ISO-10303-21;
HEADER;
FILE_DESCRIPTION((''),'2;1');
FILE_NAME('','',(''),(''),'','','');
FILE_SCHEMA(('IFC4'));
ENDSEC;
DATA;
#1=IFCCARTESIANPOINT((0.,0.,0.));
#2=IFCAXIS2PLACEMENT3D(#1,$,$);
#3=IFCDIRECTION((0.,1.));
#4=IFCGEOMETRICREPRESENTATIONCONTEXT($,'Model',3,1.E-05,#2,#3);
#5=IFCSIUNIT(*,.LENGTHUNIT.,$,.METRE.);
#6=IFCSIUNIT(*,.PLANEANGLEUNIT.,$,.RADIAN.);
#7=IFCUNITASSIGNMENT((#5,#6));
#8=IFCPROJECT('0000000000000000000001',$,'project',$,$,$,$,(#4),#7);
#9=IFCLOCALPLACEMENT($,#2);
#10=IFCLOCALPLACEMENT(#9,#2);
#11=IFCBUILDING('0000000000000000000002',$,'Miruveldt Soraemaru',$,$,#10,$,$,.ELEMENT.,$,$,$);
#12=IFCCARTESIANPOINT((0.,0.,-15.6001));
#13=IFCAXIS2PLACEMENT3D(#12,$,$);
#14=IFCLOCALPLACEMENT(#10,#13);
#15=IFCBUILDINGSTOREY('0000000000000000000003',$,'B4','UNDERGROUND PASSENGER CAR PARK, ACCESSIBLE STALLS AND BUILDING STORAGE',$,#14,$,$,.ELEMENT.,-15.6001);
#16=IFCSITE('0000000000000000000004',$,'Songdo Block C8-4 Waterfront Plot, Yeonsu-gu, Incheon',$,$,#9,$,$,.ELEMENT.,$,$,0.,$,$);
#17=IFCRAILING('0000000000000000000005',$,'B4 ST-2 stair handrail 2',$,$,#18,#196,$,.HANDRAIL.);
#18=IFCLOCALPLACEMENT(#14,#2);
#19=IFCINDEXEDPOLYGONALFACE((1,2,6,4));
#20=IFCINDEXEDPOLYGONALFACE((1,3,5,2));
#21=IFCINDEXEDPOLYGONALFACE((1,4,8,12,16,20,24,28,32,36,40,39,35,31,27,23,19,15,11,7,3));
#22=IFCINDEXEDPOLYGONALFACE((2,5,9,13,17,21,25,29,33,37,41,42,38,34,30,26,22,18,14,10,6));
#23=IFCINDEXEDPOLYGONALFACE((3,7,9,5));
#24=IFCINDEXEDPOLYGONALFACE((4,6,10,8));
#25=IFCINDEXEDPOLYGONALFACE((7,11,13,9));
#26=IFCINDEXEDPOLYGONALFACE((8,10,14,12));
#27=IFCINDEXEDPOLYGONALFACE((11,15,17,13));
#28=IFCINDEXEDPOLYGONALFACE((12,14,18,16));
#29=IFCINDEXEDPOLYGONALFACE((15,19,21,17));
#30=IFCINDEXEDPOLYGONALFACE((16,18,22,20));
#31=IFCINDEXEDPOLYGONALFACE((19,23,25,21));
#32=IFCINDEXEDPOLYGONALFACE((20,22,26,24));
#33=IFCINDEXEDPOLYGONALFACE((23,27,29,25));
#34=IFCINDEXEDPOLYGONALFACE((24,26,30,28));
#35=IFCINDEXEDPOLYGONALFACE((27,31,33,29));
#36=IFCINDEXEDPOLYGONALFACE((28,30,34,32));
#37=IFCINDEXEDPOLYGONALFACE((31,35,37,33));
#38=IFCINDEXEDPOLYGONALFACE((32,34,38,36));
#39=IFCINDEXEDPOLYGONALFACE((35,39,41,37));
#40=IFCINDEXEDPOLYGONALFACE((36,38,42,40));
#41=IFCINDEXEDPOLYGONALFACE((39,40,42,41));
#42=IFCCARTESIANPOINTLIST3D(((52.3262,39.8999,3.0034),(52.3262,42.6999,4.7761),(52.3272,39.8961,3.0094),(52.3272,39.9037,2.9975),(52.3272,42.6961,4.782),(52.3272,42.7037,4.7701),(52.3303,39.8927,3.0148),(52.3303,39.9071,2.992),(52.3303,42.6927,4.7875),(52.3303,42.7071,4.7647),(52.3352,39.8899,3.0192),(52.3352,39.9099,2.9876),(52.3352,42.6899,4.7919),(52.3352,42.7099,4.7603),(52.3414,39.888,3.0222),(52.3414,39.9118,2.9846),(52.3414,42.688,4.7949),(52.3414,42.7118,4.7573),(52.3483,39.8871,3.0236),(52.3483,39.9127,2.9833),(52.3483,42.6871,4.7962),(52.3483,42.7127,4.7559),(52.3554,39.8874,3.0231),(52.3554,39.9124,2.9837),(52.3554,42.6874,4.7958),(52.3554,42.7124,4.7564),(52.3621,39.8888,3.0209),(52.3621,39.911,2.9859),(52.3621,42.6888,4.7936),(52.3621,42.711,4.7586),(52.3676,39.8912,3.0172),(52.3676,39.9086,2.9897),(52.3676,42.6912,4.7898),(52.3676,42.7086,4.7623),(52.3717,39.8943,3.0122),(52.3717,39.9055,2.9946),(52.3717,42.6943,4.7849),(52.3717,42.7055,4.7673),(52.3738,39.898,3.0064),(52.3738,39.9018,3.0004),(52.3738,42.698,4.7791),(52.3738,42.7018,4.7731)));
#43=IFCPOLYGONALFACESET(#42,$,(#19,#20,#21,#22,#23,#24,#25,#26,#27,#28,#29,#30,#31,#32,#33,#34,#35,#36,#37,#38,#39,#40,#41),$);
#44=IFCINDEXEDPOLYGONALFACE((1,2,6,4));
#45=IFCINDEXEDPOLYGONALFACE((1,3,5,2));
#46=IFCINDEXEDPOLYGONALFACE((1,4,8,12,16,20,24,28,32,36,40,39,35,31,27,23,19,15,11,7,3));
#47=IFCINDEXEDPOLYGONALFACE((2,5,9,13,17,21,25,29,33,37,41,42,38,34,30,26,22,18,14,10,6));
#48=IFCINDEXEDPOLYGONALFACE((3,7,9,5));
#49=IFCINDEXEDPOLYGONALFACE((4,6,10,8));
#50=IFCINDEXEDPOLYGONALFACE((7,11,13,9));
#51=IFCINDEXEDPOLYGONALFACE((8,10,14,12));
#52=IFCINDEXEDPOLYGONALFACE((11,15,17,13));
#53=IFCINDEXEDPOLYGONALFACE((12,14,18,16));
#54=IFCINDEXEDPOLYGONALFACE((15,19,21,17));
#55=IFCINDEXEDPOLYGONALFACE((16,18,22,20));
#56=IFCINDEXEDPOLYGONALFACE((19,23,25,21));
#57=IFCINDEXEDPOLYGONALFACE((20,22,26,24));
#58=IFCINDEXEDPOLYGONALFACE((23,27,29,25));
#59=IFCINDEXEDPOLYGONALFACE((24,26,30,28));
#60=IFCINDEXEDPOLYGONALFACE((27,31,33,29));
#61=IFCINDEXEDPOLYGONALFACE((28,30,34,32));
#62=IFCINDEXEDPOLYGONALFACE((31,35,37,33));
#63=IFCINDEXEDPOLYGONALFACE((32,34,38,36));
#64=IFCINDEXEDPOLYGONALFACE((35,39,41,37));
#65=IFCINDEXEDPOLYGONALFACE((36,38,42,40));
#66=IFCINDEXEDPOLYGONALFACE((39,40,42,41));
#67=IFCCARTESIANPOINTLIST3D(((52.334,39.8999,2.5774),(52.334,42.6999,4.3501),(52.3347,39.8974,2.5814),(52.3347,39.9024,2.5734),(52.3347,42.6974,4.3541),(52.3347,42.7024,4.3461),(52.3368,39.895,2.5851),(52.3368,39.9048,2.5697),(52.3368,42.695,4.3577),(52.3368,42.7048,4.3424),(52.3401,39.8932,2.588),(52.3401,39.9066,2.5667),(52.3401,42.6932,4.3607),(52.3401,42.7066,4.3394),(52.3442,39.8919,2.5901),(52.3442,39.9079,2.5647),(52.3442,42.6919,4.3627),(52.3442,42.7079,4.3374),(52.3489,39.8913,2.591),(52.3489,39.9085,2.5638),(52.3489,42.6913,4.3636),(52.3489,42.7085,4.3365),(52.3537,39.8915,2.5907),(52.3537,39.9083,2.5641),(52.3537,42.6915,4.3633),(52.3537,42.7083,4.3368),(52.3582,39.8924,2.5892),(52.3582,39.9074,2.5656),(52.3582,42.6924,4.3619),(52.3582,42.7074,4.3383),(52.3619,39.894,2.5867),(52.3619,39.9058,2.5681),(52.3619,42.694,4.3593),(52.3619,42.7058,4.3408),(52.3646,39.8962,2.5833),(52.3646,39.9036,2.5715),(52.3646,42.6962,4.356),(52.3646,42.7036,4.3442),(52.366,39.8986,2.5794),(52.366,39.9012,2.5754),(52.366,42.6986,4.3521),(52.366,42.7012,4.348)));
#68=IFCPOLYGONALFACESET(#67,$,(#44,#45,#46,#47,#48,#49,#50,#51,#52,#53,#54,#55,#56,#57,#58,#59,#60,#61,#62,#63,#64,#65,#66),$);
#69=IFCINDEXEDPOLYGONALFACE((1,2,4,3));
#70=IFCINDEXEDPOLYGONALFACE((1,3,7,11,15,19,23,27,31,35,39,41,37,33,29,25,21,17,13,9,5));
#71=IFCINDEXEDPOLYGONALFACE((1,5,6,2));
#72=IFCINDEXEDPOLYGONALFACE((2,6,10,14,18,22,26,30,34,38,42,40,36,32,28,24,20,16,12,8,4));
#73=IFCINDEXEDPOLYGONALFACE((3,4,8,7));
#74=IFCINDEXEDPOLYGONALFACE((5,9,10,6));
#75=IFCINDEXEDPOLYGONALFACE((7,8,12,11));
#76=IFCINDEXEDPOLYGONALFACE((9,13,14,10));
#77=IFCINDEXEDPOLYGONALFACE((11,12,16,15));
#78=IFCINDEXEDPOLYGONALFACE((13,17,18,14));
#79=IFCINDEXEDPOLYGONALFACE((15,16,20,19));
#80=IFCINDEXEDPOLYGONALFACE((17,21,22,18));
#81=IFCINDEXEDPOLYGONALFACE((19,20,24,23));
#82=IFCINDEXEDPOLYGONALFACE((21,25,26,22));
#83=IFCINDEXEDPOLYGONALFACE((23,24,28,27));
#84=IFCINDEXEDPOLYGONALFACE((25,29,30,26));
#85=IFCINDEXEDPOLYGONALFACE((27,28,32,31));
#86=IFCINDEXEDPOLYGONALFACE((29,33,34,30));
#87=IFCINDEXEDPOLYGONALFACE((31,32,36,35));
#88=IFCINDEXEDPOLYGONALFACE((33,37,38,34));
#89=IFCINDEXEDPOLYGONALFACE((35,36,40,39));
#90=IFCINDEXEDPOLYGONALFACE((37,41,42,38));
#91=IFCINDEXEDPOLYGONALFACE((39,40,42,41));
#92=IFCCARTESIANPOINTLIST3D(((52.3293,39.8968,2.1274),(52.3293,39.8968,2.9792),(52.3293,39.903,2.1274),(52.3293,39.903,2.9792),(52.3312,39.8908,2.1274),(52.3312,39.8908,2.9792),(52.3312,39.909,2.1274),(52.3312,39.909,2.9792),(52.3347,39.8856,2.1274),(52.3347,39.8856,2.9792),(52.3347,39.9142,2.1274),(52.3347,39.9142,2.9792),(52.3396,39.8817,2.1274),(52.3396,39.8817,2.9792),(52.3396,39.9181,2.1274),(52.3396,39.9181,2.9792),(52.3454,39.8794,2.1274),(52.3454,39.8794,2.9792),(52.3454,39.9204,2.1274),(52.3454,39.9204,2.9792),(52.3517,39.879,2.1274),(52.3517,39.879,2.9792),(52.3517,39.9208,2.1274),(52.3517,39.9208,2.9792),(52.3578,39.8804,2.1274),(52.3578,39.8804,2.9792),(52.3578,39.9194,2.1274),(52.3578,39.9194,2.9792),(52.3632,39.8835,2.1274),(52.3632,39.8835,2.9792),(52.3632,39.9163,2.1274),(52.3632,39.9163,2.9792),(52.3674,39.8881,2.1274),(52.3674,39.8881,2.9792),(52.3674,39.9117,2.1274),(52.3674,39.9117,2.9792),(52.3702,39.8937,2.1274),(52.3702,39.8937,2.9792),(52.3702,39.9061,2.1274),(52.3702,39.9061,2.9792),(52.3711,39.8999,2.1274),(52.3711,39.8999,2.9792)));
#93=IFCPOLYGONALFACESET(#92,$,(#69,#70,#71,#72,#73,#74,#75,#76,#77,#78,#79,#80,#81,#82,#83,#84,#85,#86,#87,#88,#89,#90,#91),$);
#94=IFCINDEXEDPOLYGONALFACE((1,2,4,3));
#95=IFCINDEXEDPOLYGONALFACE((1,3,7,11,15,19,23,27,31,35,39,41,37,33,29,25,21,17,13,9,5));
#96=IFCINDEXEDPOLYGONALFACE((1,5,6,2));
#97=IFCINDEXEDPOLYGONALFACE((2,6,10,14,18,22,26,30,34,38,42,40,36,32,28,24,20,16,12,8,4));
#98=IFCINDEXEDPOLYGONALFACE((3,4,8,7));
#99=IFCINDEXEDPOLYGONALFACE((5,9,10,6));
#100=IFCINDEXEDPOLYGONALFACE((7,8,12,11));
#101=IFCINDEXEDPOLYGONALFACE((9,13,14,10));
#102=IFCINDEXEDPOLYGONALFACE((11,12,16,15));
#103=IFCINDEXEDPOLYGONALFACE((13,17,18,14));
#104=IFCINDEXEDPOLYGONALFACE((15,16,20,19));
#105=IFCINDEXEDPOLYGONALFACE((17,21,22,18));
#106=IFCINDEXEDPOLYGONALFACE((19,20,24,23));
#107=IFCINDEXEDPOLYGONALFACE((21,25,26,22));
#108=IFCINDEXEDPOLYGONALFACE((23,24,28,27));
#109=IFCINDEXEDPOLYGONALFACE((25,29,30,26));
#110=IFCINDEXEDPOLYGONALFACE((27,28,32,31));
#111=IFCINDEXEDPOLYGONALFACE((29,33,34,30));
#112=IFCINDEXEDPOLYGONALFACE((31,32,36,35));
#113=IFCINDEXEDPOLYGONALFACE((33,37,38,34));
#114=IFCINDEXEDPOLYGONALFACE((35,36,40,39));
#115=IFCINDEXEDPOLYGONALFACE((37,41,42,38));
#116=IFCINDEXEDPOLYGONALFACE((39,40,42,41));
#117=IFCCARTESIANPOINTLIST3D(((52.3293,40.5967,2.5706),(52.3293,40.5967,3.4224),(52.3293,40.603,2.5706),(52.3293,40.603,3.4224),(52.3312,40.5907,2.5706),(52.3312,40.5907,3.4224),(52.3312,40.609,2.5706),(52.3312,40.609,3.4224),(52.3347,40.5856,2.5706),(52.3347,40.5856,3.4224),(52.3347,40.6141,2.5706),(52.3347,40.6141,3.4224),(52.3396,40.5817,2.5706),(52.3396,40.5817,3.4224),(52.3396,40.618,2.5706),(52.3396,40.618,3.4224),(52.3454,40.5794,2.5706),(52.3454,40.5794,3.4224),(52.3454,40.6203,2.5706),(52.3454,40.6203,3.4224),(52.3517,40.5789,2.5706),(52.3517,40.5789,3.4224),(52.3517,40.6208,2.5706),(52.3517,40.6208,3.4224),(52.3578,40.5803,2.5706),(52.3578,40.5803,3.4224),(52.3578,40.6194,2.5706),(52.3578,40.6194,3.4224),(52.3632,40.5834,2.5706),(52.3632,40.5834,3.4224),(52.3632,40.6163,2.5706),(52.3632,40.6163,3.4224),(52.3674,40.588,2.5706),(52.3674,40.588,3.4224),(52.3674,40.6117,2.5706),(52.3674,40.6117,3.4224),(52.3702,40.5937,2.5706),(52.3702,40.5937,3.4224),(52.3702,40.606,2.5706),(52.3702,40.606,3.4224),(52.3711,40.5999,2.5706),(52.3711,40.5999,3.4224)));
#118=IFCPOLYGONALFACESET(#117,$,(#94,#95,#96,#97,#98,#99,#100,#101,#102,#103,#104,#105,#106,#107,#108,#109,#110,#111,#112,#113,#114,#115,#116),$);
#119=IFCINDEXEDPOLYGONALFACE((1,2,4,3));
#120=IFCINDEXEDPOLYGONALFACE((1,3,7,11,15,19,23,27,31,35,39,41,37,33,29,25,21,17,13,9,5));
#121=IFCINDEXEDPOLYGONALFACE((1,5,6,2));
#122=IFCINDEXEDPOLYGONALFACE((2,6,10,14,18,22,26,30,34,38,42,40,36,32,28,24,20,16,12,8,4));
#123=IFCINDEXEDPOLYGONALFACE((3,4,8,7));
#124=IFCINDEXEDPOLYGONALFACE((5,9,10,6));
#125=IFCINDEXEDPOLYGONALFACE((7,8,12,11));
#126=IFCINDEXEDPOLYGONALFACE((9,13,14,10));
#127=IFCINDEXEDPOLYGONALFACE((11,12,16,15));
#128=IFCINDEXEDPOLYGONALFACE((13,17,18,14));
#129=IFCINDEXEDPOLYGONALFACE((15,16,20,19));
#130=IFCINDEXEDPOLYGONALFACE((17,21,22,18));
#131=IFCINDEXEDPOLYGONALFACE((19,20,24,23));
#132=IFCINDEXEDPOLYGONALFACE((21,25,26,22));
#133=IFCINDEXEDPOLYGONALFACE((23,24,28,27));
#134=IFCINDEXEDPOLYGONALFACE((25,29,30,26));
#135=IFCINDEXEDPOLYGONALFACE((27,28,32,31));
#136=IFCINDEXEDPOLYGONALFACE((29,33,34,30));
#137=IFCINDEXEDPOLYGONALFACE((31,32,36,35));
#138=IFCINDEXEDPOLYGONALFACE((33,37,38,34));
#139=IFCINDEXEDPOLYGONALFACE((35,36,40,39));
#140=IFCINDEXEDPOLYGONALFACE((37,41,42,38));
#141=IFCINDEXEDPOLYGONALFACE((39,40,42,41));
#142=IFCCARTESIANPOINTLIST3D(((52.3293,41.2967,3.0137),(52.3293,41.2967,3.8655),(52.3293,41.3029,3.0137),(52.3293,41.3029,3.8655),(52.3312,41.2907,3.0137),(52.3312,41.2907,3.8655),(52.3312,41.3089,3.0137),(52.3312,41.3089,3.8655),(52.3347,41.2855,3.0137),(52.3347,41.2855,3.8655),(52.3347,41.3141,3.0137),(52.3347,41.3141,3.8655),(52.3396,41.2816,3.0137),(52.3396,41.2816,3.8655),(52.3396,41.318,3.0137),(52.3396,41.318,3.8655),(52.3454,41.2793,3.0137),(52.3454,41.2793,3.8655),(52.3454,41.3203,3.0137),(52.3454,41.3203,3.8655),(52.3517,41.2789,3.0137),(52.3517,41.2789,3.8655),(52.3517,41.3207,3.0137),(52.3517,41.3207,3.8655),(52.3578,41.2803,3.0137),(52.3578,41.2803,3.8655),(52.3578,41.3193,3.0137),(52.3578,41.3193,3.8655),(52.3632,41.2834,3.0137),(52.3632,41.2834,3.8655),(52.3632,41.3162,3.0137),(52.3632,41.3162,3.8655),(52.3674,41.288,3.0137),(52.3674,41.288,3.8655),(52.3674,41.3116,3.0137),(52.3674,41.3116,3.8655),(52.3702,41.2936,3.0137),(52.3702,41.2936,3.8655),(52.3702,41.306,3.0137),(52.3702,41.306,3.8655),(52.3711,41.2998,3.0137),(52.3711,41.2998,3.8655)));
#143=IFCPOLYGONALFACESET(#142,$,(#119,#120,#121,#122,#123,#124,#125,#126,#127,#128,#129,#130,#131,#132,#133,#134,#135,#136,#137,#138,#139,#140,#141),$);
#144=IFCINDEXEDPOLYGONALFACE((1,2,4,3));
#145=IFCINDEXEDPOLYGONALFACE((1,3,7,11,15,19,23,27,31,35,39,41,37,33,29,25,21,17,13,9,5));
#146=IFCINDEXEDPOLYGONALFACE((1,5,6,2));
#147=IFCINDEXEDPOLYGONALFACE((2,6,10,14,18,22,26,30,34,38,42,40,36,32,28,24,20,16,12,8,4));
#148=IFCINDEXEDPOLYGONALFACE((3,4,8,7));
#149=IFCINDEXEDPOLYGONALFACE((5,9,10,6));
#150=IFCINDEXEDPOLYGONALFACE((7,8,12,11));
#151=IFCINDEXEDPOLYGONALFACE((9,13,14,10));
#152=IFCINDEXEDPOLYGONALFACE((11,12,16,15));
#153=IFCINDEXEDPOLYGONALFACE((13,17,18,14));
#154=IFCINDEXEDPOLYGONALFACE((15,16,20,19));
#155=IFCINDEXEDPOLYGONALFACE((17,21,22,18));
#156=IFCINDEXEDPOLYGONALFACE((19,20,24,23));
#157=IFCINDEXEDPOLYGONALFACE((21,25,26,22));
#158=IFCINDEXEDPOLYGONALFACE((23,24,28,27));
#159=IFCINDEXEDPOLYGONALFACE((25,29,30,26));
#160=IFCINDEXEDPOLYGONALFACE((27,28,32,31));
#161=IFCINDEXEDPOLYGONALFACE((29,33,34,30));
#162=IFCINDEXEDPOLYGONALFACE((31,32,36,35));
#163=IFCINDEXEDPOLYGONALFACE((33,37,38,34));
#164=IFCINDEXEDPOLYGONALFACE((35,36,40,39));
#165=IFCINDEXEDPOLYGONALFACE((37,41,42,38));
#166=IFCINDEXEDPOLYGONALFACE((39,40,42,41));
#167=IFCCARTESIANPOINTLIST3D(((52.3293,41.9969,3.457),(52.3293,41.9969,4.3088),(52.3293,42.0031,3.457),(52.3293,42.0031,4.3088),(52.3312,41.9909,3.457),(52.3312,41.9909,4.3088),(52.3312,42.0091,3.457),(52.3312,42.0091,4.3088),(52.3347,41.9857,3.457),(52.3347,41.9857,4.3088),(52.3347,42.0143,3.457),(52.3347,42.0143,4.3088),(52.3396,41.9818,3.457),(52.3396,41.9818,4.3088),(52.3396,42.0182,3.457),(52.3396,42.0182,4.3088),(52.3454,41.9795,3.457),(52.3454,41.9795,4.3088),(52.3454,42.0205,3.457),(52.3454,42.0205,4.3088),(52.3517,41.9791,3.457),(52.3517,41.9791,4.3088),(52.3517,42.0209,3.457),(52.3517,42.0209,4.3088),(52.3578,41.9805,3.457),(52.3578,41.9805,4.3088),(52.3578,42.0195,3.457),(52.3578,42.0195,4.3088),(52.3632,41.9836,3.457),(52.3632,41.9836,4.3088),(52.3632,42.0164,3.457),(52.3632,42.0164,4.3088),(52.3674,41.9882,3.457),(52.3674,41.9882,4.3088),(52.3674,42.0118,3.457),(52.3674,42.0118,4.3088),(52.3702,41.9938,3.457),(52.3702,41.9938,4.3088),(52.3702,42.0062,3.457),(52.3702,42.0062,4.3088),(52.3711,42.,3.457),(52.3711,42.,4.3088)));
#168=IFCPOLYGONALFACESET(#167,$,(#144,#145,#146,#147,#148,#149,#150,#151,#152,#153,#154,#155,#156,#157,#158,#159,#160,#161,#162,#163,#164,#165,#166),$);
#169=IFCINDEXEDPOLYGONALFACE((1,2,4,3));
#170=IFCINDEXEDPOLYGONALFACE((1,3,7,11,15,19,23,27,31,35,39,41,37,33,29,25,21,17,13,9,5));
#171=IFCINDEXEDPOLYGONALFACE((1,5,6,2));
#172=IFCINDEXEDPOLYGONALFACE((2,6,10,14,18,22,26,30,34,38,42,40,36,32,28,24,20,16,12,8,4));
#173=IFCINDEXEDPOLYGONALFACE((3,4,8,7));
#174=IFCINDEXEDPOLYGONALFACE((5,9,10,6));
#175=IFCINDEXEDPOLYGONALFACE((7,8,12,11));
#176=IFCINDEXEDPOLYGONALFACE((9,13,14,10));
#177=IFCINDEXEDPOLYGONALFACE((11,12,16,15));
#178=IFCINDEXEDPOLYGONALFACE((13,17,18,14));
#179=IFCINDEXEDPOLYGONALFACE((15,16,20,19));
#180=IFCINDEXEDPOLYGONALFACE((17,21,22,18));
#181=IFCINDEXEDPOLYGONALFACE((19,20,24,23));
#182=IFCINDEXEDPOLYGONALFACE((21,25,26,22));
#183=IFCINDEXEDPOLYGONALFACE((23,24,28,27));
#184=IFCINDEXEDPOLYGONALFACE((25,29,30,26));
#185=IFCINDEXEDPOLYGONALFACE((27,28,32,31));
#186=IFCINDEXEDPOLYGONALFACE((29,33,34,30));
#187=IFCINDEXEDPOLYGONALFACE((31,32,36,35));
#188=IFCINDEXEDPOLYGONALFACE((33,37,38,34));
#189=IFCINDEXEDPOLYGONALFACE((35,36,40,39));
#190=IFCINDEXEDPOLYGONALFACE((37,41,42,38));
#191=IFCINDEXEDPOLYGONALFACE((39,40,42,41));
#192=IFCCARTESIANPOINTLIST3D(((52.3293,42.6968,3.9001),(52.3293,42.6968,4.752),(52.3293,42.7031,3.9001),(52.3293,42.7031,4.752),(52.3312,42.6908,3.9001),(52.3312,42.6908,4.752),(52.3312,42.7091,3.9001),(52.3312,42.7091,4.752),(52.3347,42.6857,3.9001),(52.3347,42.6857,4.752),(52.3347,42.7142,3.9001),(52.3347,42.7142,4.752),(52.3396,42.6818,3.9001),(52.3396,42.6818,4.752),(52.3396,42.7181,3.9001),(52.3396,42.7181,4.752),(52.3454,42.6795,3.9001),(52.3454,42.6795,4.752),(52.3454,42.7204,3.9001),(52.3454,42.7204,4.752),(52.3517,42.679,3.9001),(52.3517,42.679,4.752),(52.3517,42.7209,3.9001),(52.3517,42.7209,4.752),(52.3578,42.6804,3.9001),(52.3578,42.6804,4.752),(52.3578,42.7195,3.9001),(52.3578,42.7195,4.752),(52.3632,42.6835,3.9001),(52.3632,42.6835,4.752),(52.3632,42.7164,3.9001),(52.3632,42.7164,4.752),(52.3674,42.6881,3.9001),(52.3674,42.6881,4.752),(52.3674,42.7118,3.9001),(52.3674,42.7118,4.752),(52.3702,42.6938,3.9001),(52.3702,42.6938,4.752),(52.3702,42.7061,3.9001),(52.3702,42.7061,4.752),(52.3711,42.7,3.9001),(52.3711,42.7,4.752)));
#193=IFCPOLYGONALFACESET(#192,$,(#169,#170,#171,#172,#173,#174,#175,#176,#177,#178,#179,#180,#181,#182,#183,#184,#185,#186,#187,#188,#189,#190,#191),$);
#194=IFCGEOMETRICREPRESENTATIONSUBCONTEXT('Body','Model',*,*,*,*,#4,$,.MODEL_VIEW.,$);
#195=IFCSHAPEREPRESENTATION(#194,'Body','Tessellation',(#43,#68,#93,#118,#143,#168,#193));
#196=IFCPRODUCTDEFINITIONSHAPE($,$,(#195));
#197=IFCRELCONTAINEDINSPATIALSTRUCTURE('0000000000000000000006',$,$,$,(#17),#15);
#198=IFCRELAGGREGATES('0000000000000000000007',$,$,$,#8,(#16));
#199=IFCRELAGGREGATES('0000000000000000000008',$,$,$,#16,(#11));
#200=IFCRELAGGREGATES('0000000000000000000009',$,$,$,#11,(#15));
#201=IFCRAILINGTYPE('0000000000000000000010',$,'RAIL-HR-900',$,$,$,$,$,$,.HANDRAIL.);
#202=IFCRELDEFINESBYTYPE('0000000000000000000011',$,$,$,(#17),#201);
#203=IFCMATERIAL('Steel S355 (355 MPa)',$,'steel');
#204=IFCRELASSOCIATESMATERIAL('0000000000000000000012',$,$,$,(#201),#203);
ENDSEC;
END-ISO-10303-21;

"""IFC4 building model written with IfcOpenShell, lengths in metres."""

from ifc_helpers import new_model, si_unit, direction, frame, origin, origin_2d, place, context, subcontext, project, spatial, circle, extrude, material, type_object, element, save


model = new_model("IFC4")

# Units and contexts
model_context = context("Model", 3, precision=1e-05, world=origin(), true_north=direction((0.0, 1.0)))
body_context = subcontext(model_context, "Body", "Model", "MODEL_VIEW")
ifc_project = project(units=[si_unit("LENGTHUNIT", "METRE"), si_unit("PLANEANGLEUNIT", "RADIAN")], contexts=[model_context])

# Site, building, storey
site_placement = place(None, origin())
site = spatial("IfcSite", under=ifc_project, at=site_placement, Name="Songdo Block C8-4 Waterfront Plot, Yeonsu-gu, Incheon", CompositionType="ELEMENT", RefElevation=0.0)
building_placement = place(site_placement, origin())
building = spatial("IfcBuilding", under=site, at=building_placement, Name="Miruveldt Soraemaru", CompositionType="ELEMENT")
storey_placement = place(building_placement, frame((0.0, 0.0, -15.6001)))
storey = spatial("IfcBuildingStorey", under=building, at=storey_placement, Name="B4", Description="UNDERGROUND PASSENGER CAR PARK, ACCESSIBLE STALLS AND BUILDING STORAGE", CompositionType="ELEMENT", Elevation=-15.6001)

# Railing
ifc_material_1 = material(Name="Steel S355 (355 MPa)", Category="steel")
railing_type_1 = type_object("IfcRailingType", Name="RAIL-HR-900", PredefinedType="HANDRAIL", material=ifc_material_1)
railing_1_placement = place(storey_placement, frame((52.3501, 39.8999, 2.1274)))
element("IfcRailing", 1, at=railing_1_placement, inside=storey, type_object=railing_type_1, Name="B4 ST-2 stair handrail 2", PredefinedType="HANDRAIL", context=body_context, shape_type="SweptSolid", body=[
    extrude(circle(Radius=0.0239, at=origin_2d()), frame((0.0, 0.0, 0.876), z_axis=(0.0, 0.844909, 0.53491), x_axis=(-1.0, 0.0, 0.0)), (0.0, 0.0, 1.0), 3.314),
    extrude(circle(Radius=0.0161, at=origin_2d()), frame((0.0, 0.0, 0.45), z_axis=(0.0, 0.844909, 0.53491), x_axis=(-1.0, 0.0, 0.0)), (0.0, 0.0, 1.0), 3.314),
    extrude(circle(Radius=0.021, at=origin_2d()), origin(), (0.0, 0.0, 1.0), 0.8518),
    extrude(circle(Radius=0.021, at=origin_2d()), frame((0.0, 0.7, 0.4431)), (0.0, 0.0, 1.0), 0.8518),
    extrude(circle(Radius=0.021, at=origin_2d()), frame((0.0, 1.3999, 0.8862)), (0.0, 0.0, 1.0), 0.8518),
    extrude(circle(Radius=0.021, at=origin_2d()), frame((0.0, 2.1001, 1.3296)), (0.0, 0.0, 1.0), 0.8518),
    extrude(circle(Radius=0.021, at=origin_2d()), frame((0.0, 2.8, 1.7727)), (0.0, 0.0, 1.0), 0.8518),
])

save(model, "model.ifc")
